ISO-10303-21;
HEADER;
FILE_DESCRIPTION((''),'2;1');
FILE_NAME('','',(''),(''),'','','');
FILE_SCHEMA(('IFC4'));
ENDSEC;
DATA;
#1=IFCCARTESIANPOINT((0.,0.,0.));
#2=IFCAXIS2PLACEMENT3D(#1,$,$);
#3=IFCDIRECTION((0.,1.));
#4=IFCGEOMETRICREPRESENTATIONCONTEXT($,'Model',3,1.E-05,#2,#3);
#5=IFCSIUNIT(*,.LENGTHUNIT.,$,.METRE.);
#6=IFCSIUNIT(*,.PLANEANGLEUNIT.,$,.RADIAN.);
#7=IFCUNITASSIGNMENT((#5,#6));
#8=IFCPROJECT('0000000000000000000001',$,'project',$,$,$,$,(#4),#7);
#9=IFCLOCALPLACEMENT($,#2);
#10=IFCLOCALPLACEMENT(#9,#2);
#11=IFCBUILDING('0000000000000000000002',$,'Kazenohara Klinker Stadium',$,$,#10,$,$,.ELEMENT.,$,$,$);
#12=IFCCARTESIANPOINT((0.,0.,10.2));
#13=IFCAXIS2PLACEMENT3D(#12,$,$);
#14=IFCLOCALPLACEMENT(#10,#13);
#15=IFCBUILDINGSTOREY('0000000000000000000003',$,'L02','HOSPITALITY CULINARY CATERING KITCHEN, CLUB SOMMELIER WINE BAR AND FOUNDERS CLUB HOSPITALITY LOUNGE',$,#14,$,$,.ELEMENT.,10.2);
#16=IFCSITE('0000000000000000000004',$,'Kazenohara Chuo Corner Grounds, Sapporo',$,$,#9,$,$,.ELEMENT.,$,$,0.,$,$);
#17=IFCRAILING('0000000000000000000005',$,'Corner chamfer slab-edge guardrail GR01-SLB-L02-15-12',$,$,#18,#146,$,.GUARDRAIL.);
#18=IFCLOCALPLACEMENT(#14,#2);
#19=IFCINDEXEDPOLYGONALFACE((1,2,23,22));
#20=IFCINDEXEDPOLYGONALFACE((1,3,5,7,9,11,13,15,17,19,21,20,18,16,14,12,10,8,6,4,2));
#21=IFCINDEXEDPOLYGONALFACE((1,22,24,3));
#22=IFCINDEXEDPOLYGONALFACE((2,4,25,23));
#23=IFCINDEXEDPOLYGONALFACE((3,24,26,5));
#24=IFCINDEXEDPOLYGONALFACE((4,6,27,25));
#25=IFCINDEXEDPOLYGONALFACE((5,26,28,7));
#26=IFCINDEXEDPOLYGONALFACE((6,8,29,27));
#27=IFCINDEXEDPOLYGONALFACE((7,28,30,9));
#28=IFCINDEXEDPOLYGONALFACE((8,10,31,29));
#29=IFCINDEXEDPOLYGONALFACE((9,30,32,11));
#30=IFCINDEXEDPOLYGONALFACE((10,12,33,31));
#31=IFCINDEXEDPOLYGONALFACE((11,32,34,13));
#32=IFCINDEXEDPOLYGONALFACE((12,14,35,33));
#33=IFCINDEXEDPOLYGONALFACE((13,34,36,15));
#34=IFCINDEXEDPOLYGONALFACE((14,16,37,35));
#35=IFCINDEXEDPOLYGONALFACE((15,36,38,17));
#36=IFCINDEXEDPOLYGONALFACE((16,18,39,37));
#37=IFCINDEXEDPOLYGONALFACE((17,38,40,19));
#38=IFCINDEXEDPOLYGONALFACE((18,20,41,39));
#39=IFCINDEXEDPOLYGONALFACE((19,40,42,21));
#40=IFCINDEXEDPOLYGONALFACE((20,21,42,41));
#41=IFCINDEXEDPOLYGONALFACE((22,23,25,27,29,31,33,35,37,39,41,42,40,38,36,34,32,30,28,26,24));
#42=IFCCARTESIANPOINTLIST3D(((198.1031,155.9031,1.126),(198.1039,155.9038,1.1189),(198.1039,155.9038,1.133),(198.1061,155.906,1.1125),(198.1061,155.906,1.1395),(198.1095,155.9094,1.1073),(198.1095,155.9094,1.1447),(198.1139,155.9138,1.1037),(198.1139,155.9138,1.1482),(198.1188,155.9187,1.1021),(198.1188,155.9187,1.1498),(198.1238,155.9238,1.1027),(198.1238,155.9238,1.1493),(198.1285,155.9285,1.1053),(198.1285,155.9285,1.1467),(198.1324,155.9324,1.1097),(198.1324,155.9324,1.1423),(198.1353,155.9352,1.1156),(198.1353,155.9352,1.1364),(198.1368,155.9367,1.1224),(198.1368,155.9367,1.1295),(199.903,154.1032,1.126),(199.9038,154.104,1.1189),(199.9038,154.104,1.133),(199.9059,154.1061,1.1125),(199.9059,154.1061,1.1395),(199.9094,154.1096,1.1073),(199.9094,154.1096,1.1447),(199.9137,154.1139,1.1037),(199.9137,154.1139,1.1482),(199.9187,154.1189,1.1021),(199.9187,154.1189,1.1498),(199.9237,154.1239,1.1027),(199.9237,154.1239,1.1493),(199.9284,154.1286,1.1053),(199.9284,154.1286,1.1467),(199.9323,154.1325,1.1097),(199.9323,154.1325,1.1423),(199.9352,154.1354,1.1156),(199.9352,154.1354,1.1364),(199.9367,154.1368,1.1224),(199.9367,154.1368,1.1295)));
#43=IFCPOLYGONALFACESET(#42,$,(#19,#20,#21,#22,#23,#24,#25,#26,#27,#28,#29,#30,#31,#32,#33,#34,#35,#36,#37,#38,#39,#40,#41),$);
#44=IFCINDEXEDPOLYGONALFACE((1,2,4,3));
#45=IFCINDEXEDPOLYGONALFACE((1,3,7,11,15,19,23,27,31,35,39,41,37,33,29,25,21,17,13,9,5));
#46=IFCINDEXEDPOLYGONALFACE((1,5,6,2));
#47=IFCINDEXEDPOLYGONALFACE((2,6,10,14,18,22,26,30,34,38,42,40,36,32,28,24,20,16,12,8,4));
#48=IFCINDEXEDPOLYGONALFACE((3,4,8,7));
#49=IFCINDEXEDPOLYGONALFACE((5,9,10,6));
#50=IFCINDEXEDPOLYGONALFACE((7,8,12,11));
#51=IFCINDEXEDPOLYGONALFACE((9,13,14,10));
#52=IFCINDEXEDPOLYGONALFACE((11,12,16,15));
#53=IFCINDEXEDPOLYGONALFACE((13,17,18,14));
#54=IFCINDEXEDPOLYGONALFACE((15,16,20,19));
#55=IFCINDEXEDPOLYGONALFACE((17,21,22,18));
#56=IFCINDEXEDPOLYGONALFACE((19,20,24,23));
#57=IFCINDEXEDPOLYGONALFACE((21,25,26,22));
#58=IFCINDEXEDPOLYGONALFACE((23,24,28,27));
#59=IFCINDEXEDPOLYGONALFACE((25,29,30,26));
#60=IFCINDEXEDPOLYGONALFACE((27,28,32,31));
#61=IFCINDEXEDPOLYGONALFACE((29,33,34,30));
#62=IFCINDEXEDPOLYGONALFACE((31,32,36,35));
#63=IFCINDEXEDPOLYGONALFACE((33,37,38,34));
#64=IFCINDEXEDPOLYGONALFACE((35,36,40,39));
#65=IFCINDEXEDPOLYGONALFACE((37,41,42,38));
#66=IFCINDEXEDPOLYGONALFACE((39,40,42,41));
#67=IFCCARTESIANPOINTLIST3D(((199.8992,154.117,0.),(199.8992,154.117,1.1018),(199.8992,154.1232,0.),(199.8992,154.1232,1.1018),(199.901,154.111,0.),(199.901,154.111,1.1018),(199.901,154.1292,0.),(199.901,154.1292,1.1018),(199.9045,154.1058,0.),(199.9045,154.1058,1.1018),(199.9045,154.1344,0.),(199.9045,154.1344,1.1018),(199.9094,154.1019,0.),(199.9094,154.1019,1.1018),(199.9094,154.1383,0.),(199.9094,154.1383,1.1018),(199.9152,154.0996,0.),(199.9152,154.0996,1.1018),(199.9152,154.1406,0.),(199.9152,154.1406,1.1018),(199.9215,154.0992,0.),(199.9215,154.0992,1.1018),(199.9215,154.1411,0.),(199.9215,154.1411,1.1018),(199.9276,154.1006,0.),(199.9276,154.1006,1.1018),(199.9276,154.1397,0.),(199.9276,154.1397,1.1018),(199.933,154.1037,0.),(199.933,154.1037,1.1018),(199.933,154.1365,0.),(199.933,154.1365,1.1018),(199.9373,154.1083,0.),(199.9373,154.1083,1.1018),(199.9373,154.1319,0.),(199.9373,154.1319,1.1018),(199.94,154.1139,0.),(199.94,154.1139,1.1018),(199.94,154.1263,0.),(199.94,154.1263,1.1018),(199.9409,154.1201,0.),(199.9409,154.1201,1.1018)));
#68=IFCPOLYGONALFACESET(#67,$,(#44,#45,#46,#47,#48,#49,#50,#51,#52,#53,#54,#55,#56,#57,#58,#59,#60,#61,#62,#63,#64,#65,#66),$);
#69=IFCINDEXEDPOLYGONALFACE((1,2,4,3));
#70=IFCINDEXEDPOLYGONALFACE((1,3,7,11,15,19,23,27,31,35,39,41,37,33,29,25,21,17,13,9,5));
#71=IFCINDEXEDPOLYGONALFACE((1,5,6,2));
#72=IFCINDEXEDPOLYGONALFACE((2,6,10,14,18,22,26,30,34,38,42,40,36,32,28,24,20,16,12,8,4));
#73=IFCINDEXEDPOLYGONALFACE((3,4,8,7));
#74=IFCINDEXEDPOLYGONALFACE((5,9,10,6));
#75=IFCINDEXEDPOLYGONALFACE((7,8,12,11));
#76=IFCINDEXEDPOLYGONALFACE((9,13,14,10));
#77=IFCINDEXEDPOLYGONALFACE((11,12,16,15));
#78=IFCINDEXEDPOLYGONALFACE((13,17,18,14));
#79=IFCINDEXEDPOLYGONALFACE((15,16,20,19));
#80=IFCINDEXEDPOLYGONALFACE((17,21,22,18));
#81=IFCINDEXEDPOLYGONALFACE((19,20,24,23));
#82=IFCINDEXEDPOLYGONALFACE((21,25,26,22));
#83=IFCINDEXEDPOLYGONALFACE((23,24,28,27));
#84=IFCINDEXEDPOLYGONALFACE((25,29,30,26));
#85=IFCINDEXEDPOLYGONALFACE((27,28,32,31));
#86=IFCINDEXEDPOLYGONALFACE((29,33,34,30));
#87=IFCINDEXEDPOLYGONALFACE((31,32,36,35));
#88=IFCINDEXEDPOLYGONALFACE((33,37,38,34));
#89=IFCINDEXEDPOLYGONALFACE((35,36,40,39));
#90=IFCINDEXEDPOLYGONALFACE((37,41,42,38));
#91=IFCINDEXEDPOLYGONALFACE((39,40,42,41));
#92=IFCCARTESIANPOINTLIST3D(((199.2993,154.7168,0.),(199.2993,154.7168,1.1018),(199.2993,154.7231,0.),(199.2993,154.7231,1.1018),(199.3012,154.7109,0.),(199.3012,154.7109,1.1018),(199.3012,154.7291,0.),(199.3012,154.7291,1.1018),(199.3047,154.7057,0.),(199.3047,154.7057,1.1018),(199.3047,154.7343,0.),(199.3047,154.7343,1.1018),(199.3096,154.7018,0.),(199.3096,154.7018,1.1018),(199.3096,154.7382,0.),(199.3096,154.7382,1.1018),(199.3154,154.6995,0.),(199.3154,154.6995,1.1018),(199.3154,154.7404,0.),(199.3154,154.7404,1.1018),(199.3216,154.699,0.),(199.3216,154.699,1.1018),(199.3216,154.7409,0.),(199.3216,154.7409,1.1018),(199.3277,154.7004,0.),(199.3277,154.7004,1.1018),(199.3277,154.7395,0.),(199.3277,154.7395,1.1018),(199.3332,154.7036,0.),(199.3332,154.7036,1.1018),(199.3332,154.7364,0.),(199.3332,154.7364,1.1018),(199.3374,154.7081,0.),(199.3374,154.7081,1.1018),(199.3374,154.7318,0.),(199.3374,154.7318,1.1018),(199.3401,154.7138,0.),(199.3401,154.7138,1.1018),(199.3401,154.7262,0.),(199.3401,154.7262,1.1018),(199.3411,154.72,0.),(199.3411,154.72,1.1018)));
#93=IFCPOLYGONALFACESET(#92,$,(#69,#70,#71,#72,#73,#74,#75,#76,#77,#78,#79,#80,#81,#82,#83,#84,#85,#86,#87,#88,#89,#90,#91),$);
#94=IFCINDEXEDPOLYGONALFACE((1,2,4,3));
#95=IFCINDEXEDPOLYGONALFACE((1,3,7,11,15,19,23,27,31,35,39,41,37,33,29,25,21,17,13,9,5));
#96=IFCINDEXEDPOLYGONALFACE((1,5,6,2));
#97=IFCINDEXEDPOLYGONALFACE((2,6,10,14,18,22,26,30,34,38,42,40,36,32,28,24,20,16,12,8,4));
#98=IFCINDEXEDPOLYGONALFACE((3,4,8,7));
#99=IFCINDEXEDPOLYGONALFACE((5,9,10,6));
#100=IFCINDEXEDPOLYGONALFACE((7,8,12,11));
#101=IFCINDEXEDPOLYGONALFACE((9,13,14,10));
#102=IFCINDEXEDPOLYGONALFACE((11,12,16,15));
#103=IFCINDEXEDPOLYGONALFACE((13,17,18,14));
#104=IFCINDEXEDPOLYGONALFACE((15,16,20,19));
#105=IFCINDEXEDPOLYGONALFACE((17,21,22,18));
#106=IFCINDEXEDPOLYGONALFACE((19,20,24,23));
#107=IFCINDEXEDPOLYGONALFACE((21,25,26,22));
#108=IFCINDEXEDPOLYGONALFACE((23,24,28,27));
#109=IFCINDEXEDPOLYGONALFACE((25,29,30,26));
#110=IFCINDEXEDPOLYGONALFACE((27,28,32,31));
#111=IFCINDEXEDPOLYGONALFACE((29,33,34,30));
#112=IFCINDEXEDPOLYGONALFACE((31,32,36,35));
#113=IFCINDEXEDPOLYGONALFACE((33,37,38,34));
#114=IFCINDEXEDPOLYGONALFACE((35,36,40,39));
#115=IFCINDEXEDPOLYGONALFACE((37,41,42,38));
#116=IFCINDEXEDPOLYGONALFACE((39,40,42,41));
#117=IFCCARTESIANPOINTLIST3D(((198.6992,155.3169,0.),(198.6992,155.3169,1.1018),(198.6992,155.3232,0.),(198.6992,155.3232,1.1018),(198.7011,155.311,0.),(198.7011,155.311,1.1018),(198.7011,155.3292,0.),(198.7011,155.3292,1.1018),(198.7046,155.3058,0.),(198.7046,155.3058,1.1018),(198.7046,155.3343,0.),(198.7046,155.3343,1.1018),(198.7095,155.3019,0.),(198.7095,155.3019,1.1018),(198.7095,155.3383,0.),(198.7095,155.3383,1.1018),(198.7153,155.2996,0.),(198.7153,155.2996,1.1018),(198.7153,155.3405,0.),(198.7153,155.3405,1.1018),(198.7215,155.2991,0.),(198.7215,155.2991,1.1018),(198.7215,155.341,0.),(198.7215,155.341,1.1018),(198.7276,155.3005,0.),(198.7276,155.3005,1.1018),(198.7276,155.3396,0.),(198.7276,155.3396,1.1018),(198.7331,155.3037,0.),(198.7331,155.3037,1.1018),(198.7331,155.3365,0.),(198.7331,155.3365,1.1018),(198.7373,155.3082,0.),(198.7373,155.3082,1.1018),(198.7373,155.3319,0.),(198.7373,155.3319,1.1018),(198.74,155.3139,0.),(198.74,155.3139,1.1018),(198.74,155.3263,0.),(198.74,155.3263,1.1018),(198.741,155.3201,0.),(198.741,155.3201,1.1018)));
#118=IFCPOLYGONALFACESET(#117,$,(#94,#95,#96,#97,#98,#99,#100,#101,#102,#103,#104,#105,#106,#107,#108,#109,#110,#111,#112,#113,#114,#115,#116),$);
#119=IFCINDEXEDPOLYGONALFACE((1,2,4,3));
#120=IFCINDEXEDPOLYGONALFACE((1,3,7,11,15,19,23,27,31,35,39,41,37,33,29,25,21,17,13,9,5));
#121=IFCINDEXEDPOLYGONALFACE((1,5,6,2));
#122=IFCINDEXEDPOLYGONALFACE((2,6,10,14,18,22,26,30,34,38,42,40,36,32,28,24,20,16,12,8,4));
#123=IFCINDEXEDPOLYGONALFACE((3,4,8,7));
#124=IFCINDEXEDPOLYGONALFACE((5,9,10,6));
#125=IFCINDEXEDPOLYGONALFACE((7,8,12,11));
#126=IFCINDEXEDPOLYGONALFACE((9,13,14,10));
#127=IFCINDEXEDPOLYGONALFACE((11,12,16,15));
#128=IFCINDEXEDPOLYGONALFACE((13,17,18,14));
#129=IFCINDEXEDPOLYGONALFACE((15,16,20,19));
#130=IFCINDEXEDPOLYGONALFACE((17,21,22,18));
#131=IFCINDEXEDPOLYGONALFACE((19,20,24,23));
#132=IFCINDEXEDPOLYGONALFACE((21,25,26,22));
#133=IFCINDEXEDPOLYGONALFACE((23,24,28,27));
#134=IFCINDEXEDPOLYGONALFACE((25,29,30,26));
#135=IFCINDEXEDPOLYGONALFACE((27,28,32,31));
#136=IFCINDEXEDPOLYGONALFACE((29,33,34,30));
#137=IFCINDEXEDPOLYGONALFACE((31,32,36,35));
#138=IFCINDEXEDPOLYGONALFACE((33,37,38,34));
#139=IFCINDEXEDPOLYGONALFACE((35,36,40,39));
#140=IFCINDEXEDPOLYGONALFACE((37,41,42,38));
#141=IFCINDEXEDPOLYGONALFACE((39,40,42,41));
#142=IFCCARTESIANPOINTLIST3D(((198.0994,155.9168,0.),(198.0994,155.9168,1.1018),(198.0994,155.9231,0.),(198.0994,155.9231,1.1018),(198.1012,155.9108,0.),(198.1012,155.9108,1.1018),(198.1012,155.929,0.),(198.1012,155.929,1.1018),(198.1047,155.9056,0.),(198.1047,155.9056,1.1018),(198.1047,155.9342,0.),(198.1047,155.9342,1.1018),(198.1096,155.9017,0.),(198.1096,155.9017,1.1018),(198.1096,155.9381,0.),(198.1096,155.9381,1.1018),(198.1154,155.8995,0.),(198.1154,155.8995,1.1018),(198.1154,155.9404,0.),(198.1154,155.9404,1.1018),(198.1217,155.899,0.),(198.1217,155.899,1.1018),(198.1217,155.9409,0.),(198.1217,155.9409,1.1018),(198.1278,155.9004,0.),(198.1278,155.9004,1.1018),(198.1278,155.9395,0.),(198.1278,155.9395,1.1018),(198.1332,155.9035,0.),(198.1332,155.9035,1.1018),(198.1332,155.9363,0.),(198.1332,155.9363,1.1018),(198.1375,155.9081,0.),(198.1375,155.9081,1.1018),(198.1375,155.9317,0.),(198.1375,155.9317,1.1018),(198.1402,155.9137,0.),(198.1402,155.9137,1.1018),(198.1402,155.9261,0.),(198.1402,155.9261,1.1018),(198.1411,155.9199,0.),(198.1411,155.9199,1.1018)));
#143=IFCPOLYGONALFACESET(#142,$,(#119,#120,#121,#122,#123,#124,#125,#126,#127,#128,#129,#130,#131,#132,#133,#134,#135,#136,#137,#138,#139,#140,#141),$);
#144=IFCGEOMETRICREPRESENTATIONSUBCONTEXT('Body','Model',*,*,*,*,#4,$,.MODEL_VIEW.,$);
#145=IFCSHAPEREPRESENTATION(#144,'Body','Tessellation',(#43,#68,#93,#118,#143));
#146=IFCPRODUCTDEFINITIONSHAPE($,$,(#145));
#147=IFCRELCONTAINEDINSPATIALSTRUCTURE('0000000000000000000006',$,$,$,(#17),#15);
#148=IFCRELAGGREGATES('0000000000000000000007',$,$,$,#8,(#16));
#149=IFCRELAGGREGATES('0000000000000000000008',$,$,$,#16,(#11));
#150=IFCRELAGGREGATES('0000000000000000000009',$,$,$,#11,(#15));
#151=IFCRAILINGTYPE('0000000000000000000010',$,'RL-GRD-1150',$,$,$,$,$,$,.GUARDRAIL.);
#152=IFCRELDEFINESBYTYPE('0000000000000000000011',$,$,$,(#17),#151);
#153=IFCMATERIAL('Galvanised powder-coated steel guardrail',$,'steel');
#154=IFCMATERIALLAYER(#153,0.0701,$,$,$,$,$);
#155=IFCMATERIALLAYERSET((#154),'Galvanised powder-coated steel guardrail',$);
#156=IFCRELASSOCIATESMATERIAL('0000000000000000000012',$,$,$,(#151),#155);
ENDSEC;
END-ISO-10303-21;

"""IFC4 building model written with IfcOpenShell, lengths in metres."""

from ifc_helpers import new_model, si_unit, direction, frame, origin, origin_2d, place, context, subcontext, project, spatial, circle, extrude, material, layer, layer_set, type_object, element, save


model = new_model("IFC4")

# Units and contexts
model_context = context("Model", 3, precision=1e-05, world=origin(), true_north=direction((0.0, 1.0)))
body_context = subcontext(model_context, "Body", "Model", "MODEL_VIEW")
ifc_project = project(units=[si_unit("LENGTHUNIT", "METRE"), si_unit("PLANEANGLEUNIT", "RADIAN")], contexts=[model_context])

# Site, building, storey
site_placement = place(None, origin())
site = spatial("IfcSite", under=ifc_project, at=site_placement, Name="Kazenohara Chuo Corner Grounds, Sapporo", CompositionType="ELEMENT", RefElevation=0.0)
building_placement = place(site_placement, origin())
building = spatial("IfcBuilding", under=site, at=building_placement, Name="Kazenohara Klinker Stadium", CompositionType="ELEMENT")
storey_placement = place(building_placement, frame((0.0, 0.0, 10.2)))
storey = spatial("IfcBuildingStorey", under=building, at=storey_placement, Name="L02", Description="HOSPITALITY CULINARY CATERING KITCHEN, CLUB SOMMELIER WINE BAR AND FOUNDERS CLUB HOSPITALITY LOUNGE", CompositionType="ELEMENT", Elevation=10.2)

# Railing
ifc_material_1 = material(Name="Galvanised powder-coated steel guardrail", Category="steel")
ifc_layer_1 = layer(ifc_material_1, 0.0701)
ifc_layer_set_1 = layer_set([ifc_layer_1], Name="Galvanised powder-coated steel guardrail")
railing_type = type_object("IfcRailingType", Name="RL-GRD-1150", PredefinedType="GUARDRAIL", material=ifc_layer_set_1)
railing_placement = place(storey_placement, frame((199.9199, 154.1201, 0.0)))
element("IfcRailing", 1, at=railing_placement, inside=storey, type_object=railing_type, Name="Corner chamfer slab-edge guardrail GR01-SLB-L02-15-12", PredefinedType="GUARDRAIL", context=body_context, shape_type="SweptSolid", body=[
    extrude(circle(Radius=0.0239, at=origin_2d()), frame((0.0, 0.0, 1.126), z_axis=(-0.707107, 0.707107, 0.0), x_axis=(-0.707107, -0.707107, 0.0)), (0.0, 0.0, 1.0), 2.5454),
    extrude(circle(Radius=0.021, at=origin_2d()), origin(), (0.0, 0.0, 1.0), 1.1018),
    extrude(circle(Radius=0.021, at=origin_2d()), frame((-0.5999, 0.5999, 0.0)), (0.0, 0.0, 1.0), 1.1018),
    extrude(circle(Radius=0.021, at=origin_2d()), frame((-1.2, 1.2, 0.0)), (0.0, 0.0, 1.0), 1.1018),
    extrude(circle(Radius=0.021, at=origin_2d()), frame((-1.7998, 1.7998, 0.0)), (0.0, 0.0, 1.0), 1.1018),
])

save(model, "model.ifc")
